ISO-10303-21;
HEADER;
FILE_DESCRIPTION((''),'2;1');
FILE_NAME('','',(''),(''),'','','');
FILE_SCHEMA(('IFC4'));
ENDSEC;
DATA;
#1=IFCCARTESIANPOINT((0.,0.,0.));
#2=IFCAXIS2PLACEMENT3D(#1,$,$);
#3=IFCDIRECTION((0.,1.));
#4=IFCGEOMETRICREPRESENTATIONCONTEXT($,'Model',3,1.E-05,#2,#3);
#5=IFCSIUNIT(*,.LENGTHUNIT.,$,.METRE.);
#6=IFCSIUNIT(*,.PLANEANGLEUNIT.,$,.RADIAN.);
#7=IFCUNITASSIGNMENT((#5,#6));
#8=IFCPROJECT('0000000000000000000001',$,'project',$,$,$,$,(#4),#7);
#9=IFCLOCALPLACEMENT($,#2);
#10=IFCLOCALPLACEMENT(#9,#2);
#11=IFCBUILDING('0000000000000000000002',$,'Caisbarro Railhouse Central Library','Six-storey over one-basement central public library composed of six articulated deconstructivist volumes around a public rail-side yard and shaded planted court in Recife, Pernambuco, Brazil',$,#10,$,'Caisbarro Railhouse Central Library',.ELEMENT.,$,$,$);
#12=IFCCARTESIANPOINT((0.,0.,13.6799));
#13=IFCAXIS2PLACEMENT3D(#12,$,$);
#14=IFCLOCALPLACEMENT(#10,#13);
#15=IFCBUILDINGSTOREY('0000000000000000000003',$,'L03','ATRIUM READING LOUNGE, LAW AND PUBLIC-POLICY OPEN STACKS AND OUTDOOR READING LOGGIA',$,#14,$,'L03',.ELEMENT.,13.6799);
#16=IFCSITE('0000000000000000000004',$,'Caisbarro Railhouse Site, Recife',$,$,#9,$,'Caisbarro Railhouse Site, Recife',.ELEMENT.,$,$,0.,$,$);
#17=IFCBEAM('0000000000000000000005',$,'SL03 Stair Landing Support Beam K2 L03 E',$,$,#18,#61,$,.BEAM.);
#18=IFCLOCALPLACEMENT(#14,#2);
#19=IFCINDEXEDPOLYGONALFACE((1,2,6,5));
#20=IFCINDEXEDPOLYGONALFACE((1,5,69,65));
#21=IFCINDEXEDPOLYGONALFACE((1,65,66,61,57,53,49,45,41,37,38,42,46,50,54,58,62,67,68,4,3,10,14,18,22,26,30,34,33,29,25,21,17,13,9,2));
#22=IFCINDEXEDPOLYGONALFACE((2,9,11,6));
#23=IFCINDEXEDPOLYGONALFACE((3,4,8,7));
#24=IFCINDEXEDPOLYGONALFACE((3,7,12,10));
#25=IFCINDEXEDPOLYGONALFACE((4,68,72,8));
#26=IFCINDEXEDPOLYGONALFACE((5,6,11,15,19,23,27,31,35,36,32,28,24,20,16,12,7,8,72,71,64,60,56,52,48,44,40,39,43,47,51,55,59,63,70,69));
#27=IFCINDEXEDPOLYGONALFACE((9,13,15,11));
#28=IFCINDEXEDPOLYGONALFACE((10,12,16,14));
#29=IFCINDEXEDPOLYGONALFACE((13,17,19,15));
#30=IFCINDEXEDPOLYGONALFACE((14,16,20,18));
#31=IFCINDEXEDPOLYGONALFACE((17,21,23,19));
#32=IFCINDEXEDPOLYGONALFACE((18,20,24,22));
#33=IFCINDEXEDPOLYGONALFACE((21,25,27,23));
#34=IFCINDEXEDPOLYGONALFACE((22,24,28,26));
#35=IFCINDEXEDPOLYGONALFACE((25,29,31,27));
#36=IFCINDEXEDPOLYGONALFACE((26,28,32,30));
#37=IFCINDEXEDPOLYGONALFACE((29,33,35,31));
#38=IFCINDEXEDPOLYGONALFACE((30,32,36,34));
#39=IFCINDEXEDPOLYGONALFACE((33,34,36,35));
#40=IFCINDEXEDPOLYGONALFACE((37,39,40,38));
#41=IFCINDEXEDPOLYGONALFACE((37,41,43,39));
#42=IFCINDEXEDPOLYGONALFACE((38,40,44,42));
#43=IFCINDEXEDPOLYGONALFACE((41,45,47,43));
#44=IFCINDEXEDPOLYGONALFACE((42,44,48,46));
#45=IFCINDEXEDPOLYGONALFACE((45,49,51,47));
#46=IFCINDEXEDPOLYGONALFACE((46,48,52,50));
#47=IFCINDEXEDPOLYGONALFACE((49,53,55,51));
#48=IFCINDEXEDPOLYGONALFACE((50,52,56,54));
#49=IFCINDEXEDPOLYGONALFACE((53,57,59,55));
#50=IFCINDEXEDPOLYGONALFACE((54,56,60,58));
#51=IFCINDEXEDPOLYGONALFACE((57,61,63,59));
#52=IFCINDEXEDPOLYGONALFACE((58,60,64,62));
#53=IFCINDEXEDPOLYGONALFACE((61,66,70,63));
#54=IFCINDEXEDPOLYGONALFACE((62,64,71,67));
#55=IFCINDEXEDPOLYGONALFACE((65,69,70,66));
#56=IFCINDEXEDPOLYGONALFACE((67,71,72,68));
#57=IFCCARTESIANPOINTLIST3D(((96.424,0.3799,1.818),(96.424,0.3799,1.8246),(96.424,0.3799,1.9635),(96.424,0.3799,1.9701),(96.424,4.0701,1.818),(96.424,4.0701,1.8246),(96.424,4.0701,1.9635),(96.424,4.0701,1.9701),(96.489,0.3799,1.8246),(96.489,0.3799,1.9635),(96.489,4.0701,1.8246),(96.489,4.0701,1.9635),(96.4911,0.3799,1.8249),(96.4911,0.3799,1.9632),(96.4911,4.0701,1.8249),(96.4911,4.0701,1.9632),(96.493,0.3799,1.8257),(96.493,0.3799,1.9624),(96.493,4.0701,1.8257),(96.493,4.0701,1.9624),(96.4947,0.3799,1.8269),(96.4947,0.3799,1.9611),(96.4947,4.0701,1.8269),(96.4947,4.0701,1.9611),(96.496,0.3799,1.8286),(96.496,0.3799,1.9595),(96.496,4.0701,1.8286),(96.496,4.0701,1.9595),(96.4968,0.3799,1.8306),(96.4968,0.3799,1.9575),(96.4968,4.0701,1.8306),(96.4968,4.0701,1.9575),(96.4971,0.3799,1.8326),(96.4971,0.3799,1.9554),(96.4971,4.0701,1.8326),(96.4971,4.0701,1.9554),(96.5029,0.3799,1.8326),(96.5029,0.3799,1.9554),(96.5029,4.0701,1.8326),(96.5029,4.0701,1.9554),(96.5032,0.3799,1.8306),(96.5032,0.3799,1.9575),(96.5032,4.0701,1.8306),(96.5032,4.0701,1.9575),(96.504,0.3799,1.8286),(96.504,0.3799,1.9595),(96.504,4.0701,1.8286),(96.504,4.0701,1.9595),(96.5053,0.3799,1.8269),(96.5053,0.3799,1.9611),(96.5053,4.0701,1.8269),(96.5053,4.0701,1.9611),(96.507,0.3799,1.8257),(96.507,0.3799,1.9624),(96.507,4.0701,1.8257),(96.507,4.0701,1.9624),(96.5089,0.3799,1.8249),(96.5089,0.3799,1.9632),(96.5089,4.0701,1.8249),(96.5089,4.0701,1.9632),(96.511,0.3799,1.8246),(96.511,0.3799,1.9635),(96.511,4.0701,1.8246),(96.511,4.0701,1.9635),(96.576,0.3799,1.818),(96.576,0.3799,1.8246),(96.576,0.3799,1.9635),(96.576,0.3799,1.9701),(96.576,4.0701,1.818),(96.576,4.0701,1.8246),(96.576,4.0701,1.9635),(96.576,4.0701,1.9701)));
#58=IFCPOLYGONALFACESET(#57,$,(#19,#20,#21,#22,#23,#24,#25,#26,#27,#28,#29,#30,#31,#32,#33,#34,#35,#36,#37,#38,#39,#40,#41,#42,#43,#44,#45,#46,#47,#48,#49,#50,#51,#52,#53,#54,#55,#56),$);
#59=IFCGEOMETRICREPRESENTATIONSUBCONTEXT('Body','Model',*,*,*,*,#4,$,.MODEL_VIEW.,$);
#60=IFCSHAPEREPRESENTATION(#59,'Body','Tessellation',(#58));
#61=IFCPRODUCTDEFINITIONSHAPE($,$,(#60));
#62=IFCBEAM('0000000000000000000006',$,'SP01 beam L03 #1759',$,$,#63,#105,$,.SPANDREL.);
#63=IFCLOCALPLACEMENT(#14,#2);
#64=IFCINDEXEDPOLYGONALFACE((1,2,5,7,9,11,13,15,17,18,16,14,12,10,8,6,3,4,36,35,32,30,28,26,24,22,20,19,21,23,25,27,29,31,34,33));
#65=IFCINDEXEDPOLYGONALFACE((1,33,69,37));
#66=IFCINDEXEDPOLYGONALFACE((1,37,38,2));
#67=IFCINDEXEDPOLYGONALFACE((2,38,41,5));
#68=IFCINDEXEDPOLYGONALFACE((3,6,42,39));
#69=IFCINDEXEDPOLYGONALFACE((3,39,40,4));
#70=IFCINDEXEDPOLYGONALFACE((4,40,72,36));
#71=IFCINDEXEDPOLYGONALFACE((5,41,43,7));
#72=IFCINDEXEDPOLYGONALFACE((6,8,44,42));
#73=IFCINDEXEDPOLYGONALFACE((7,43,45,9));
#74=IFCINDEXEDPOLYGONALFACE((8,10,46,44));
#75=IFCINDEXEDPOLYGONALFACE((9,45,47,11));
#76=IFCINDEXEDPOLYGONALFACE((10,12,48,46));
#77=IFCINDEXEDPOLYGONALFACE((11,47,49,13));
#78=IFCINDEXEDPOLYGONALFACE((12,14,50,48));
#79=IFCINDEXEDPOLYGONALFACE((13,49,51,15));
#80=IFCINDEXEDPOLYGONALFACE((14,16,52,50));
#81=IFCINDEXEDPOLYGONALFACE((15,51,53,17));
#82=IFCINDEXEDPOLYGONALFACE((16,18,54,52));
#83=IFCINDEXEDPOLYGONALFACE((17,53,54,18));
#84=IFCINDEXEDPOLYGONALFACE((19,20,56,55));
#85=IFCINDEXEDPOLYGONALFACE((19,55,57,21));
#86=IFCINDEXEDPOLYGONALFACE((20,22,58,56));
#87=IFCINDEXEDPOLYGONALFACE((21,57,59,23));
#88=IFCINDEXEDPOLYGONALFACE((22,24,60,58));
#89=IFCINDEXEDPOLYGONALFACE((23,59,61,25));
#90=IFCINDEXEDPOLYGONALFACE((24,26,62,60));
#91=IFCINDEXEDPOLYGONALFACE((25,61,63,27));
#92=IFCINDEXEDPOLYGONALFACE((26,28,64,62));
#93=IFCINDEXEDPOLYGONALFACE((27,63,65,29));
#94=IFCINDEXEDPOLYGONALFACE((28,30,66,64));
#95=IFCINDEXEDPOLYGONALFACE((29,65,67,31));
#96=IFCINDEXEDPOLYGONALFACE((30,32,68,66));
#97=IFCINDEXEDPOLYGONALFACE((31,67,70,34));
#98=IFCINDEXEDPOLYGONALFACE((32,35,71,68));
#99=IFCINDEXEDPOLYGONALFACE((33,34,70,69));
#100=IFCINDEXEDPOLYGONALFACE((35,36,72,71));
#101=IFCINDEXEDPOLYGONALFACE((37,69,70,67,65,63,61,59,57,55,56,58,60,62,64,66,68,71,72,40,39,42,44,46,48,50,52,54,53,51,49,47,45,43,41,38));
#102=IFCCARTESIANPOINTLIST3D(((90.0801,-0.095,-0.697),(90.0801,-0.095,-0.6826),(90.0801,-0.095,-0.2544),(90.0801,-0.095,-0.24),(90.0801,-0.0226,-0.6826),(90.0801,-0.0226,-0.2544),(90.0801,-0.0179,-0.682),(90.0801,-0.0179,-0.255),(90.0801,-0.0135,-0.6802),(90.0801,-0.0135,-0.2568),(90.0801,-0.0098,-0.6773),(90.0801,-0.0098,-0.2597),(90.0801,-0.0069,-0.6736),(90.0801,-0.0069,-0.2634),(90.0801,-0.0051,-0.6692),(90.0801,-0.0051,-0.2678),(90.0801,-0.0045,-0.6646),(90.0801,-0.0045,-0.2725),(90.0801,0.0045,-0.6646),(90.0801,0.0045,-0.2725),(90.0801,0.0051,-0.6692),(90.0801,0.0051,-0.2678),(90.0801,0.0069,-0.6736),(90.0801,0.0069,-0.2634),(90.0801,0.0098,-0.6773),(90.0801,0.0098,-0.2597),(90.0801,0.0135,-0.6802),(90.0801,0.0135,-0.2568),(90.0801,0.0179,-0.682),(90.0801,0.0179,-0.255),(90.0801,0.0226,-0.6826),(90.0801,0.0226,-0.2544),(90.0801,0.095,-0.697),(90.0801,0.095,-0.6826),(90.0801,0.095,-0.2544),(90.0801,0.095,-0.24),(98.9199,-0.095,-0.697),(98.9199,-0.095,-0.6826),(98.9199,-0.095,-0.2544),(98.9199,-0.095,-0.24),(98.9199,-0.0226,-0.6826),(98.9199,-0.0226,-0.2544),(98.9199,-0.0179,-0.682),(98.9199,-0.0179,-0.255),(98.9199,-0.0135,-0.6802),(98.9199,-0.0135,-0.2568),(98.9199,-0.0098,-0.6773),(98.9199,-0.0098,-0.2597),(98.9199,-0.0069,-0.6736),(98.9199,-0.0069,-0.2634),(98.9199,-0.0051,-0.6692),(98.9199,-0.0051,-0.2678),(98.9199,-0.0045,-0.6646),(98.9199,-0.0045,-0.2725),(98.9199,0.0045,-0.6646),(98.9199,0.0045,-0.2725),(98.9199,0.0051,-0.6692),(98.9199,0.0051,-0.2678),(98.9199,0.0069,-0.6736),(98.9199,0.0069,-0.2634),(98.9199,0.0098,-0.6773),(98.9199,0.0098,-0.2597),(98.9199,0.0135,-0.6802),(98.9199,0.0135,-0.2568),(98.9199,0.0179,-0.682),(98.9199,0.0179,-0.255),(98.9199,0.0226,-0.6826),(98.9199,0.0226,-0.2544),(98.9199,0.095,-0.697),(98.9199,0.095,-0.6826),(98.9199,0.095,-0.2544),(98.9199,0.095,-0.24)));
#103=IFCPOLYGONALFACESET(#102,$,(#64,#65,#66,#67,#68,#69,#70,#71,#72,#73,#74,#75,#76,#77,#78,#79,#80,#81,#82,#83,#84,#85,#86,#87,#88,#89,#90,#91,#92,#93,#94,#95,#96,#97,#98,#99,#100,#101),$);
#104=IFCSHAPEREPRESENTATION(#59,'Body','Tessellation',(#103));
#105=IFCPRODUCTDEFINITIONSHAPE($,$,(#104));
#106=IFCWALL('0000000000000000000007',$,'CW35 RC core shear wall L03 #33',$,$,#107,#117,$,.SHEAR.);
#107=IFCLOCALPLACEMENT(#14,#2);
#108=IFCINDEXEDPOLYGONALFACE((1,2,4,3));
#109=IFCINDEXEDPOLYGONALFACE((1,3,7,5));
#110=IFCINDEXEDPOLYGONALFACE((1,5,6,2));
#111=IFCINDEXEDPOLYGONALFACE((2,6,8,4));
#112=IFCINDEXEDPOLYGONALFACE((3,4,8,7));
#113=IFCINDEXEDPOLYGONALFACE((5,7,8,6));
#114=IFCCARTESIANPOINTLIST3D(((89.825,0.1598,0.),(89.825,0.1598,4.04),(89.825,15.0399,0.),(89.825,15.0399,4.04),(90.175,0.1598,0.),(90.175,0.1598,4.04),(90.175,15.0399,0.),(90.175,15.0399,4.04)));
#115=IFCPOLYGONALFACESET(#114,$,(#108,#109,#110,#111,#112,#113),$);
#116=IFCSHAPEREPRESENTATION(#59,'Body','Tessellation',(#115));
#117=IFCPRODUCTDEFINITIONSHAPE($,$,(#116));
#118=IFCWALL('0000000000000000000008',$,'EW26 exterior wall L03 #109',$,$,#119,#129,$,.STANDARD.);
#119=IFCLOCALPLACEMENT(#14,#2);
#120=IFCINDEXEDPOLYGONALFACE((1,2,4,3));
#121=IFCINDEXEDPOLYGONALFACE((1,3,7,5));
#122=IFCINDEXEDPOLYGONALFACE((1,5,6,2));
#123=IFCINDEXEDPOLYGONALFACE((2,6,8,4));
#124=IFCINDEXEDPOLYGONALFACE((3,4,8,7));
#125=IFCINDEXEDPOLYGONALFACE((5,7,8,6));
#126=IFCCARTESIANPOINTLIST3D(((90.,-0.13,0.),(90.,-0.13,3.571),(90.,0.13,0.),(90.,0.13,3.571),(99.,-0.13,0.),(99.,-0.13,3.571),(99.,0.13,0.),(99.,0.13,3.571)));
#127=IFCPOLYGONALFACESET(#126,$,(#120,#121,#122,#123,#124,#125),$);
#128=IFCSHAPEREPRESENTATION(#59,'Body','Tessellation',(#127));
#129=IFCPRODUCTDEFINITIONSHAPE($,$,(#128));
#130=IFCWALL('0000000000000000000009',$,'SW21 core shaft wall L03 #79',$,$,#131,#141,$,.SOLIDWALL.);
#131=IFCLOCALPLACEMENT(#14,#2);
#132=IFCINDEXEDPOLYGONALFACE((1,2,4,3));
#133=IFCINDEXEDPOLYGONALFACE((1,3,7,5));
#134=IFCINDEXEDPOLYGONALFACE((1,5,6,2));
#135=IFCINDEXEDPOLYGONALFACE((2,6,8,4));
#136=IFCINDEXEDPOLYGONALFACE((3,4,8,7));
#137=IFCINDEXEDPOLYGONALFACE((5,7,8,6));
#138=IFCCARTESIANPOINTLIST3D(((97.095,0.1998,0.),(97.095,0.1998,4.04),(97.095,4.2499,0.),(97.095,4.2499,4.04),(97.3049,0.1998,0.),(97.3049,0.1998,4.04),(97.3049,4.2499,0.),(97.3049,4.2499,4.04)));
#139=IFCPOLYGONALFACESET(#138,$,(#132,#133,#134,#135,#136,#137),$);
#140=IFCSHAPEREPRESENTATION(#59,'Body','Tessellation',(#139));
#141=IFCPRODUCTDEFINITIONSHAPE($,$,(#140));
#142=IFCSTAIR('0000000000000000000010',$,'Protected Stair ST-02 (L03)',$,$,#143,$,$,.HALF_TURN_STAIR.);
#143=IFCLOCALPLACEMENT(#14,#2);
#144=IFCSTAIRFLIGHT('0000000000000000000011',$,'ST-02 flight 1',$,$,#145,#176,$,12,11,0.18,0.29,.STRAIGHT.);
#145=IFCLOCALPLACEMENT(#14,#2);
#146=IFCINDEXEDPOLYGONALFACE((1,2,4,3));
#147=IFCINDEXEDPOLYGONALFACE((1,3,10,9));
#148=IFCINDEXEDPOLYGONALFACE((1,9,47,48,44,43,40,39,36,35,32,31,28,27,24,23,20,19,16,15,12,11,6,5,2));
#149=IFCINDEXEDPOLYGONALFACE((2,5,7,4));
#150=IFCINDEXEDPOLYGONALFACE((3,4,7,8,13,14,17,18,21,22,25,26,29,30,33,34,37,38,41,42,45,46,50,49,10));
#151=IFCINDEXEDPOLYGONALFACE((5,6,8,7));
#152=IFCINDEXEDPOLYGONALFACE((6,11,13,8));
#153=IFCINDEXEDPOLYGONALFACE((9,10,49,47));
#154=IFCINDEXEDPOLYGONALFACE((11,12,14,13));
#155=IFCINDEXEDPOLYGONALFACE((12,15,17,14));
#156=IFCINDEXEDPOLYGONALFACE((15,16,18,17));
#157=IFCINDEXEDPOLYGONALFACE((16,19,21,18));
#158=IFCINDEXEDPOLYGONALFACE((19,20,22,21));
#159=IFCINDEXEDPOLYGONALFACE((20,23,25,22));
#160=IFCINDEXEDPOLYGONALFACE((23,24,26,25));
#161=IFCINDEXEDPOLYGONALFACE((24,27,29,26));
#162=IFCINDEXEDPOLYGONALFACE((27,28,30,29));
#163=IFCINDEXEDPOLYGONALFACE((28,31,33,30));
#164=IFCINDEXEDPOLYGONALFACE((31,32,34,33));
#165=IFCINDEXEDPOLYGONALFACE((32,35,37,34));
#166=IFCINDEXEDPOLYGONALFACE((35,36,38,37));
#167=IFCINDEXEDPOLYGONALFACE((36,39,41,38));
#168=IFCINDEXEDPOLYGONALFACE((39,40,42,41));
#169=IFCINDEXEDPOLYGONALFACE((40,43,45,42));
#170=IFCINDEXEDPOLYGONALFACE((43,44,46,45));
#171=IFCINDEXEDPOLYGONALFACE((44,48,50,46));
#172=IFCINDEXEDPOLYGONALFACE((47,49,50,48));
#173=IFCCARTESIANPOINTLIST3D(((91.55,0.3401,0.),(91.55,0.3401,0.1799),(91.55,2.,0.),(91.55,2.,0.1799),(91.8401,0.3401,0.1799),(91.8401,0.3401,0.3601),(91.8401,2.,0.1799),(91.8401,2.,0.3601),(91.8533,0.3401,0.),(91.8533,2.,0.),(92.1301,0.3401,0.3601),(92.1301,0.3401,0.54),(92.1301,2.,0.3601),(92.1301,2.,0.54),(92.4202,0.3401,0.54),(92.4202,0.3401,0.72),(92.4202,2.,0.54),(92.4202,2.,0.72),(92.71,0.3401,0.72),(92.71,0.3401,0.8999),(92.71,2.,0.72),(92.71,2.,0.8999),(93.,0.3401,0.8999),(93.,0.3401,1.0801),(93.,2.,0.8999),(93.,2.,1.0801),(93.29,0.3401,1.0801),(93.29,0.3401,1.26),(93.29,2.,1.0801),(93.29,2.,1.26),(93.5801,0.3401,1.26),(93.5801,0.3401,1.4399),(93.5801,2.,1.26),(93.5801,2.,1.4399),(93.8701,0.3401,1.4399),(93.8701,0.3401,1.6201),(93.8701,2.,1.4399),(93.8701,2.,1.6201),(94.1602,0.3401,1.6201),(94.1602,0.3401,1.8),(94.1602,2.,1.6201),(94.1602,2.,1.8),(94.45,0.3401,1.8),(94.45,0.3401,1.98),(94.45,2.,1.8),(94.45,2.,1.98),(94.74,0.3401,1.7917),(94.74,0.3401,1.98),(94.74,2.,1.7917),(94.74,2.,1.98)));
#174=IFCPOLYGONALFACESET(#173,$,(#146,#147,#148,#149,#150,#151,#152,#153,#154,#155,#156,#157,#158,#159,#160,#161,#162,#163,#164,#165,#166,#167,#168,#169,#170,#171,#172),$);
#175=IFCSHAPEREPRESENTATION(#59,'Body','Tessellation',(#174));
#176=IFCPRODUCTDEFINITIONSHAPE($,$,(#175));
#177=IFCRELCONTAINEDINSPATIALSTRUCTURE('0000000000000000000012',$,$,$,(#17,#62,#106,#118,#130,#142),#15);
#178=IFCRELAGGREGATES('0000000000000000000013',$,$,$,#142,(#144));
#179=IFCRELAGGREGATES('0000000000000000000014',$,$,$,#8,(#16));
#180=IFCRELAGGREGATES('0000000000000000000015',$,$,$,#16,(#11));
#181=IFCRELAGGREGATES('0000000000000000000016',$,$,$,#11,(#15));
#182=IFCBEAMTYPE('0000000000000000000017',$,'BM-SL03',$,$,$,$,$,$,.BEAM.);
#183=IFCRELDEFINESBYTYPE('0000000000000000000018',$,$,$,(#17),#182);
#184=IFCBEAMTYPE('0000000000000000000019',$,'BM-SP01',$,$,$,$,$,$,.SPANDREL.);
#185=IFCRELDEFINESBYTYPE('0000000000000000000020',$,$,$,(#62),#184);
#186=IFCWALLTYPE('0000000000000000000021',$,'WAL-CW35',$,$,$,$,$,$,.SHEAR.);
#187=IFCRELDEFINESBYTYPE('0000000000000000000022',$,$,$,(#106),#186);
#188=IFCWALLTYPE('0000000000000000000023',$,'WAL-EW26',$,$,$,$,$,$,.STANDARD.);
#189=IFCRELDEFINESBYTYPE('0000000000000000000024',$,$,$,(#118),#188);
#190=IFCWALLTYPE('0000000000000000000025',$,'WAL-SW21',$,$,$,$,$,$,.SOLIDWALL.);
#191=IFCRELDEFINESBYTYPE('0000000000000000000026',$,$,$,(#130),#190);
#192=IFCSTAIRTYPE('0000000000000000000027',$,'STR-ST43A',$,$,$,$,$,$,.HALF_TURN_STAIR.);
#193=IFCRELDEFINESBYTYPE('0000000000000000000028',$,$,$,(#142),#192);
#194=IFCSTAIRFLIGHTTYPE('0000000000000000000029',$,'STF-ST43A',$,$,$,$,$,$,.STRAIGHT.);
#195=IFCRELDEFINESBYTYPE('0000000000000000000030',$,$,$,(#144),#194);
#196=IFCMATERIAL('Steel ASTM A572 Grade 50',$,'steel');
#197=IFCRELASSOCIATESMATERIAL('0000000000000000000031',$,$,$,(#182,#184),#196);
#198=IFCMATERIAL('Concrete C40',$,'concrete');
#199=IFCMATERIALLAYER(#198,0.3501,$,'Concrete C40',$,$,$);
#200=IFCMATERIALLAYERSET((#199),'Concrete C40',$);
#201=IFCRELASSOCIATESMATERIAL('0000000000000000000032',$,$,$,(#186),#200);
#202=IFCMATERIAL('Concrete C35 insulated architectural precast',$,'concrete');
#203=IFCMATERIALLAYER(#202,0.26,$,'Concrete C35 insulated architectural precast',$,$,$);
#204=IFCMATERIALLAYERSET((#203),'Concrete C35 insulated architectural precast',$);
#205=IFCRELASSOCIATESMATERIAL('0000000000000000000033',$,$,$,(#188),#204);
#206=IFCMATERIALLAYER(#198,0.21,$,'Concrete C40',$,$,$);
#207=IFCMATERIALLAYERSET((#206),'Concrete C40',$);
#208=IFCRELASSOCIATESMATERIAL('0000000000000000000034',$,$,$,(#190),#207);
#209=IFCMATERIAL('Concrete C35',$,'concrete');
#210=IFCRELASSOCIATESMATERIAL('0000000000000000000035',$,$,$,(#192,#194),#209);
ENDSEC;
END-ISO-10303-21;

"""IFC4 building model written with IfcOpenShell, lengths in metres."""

from ifc_helpers import new_model, si_unit, direction, frame, frame_2d, origin, origin_2d, place, context, subcontext, project, spatial, polyline, rectangle, i_section, outline, extrude, material, layer, layer_set, material_profile, profile_set, type_object, element, aggregate, save


model = new_model("IFC4")

# Units and contexts
model_context = context("Model", 3, precision=1e-05, world=origin(), true_north=direction((0.0, 1.0)))
body_context = subcontext(model_context, "Body", "Model", "MODEL_VIEW")
ifc_project = project(units=[si_unit("LENGTHUNIT", "METRE"), si_unit("PLANEANGLEUNIT", "RADIAN")], contexts=[model_context])

# Site, building, storey
site_placement = place(None, origin())
site = spatial("IfcSite", under=ifc_project, at=site_placement, Name="Caisbarro Railhouse Site, Recife", LongName="Caisbarro Railhouse Site, Recife", CompositionType="ELEMENT", RefElevation=0.0)
building_placement = place(site_placement, origin())
building = spatial("IfcBuilding", under=site, at=building_placement, Name="Caisbarro Railhouse Central Library", Description="Six-storey over one-basement central public library composed of six articulated deconstructivist volumes around a public rail-side yard and shaded planted court in Recife, Pernambuco, Brazil", LongName="Caisbarro Railhouse Central Library", CompositionType="ELEMENT")
storey_placement = place(building_placement, frame((0.0, 0.0, 13.6799)))
storey = spatial("IfcBuildingStorey", under=building, at=storey_placement, Name="L03", Description="ATRIUM READING LOUNGE, LAW AND PUBLIC-POLICY OPEN STACKS AND OUTDOOR READING LOGGIA", LongName="L03", CompositionType="ELEMENT", Elevation=13.6799)

# Shared definitions
ifc_material_1 = material(Name="Steel ASTM A572 Grade 50", Category="steel")

# Beams
ifc_material_profile_1 = material_profile(ifc_material_1, i_section(OverallWidth=0.1521, OverallDepth=0.1521, WebThickness=0.0059, FlangeThickness=0.0066, FilletRadius=0.0081, at=origin_2d()), Name="W150X22.5")
ifc_profile_set_1 = profile_set([ifc_material_profile_1], Name="Steel ASTM A572 Grade 50")
beam_type_1 = type_object("IfcBeamType", Name="BM-SL03", PredefinedType="BEAM", material=ifc_profile_set_1)
for number, where, z_axis, x_axis, name in (
    (1, (96.5, 0.3799, 1.894), (0.0, 1.0, 0.0), (-1.0, 0.0, 0.0), "SL03 Stair Landing Support Beam K2 L03 E"),
):
    element("IfcBeam", number, at=place(storey_placement, frame(where, z_axis=z_axis, x_axis=x_axis)), inside=storey, type_object=beam_type_1, Name=name, PredefinedType="BEAM", context=body_context, shape_type="SweptSolid", body=[
        extrude(i_section(OverallWidth=0.1521, OverallDepth=0.1521, WebThickness=0.0059, FlangeThickness=0.0066, FilletRadius=0.0081, at=origin_2d()), origin(), (0.0, 0.0, 1.0), 3.6902),
    ])
ifc_material_profile_2 = material_profile(ifc_material_1, i_section(OverallWidth=0.1899, OverallDepth=0.457, WebThickness=0.009, FlangeThickness=0.0144, FilletRadius=0.0181, at=origin_2d()), Name="W460X74.0")
ifc_profile_set_2 = profile_set([ifc_material_profile_2], Name="Steel ASTM A572 Grade 50")
beam_type_2 = type_object("IfcBeamType", Name="BM-SP01", PredefinedType="SPANDREL", material=ifc_profile_set_2)
beam_1_placement = place(storey_placement, frame((90.0801, 0.0, -0.4685), z_axis=(1.0, 0.0, 0.0), x_axis=(0.0, 1.0, 0.0)))
element("IfcBeam", 2, at=beam_1_placement, inside=storey, type_object=beam_type_2, Name="SP01 beam L03 #1759", PredefinedType="SPANDREL", context=body_context, shape_type="SweptSolid", body=[
    extrude(i_section(OverallWidth=0.1899, OverallDepth=0.457, WebThickness=0.009, FlangeThickness=0.0144, FilletRadius=0.0181, at=origin_2d()), origin(), (0.0, 0.0, 1.0), 8.8398),
])

# Walls
ifc_material_2 = material(Name="Concrete C40", Category="concrete")
ifc_layer_1 = layer(ifc_material_2, 0.3501, Name="Concrete C40")
ifc_layer_set_1 = layer_set([ifc_layer_1], Name="Concrete C40")
wall_type_1 = type_object("IfcWallType", Name="WAL-CW35", PredefinedType="SHEAR", material=ifc_layer_set_1)
wall_1_placement = place(storey_placement, frame((90.0, 0.1599, 0.0), z_axis=(0.0, 0.0, 1.0), x_axis=(0.0, 1.0, 0.0)))
element("IfcWall", 3, at=wall_1_placement, inside=storey, type_object=wall_type_1, Name="CW35 RC core shear wall L03 #33", PredefinedType="SHEAR", context=body_context, shape_type="SweptSolid", body=[
    extrude(rectangle(XDim=14.8801, YDim=0.3501, at=frame_2d((7.4399, 0.0))), origin(), (0.0, 0.0, 1.0), 4.04),
])
ifc_material_3 = material(Name="Concrete C35 insulated architectural precast", Category="concrete")
ifc_layer_2 = layer(ifc_material_3, 0.26, Name="Concrete C35 insulated architectural precast")
ifc_layer_set_2 = layer_set([ifc_layer_2], Name="Concrete C35 insulated architectural precast")
wall_type_2 = type_object("IfcWallType", Name="WAL-EW26", PredefinedType="STANDARD", material=ifc_layer_set_2)
wall_2_placement = place(storey_placement, frame((90.0, 0.0, 0.0), z_axis=(0.0, 0.0, 1.0), x_axis=(1.0, 0.0, 0.0)))
element("IfcWall", 4, at=wall_2_placement, inside=storey, type_object=wall_type_2, Name="EW26 exterior wall L03 #109", PredefinedType="STANDARD", context=body_context, shape_type="SweptSolid", body=[
    extrude(rectangle(XDim=9.0, YDim=0.26, at=frame_2d((4.5, 0.0))), origin(), (0.0, 0.0, 1.0), 3.571),
])
ifc_layer_3 = layer(ifc_material_2, 0.21, Name="Concrete C40")
ifc_layer_set_3 = layer_set([ifc_layer_3], Name="Concrete C40")
wall_type_3 = type_object("IfcWallType", Name="WAL-SW21", PredefinedType="SOLIDWALL", material=ifc_layer_set_3)
wall_3_placement = place(storey_placement, frame((97.2, 0.2, 0.0), z_axis=(0.0, 0.0, 1.0), x_axis=(0.0, 1.0, 0.0)))
element("IfcWall", 5, at=wall_3_placement, inside=storey, type_object=wall_type_3, Name="SW21 core shaft wall L03 #79", PredefinedType="SOLIDWALL", context=body_context, shape_type="SweptSolid", body=[
    extrude(rectangle(XDim=4.05, YDim=0.21, at=frame_2d((2.0249, 0.0))), origin(), (0.0, 0.0, 1.0), 4.04),
])

# Stair, stair flight
ifc_material_4 = material(Name="Concrete C35", Category="concrete")
stair_type = type_object("IfcStairType", Name="STR-ST43A", PredefinedType="HALF_TURN_STAIR", material=ifc_material_4)
stair_placement = place(storey_placement, origin())
stair = element("IfcStair", 6, at=stair_placement, inside=storey, type_object=stair_type, Name="Protected Stair ST-02 (L03)", PredefinedType="HALF_TURN_STAIR")
stair_flight_type = type_object("IfcStairFlightType", Name="STF-ST43A", PredefinedType="STRAIGHT", material=ifc_material_4)
stair_flight_1_placement = place(storey_placement, frame((91.55, 1.1699, 0.0), z_axis=(0.0, 0.0, 1.0), x_axis=(1.0, 0.0, 0.0)))
stair_flight_1 = element("IfcStairFlight", 7, at=stair_flight_1_placement, type_object=stair_flight_type, Name="ST-02 flight 1", NumberOfRisers=12, NumberOfTreads=11, PredefinedType="STRAIGHT", RiserHeight=0.18, TreadLength=0.29, context=body_context, shape_type="SweptSolid", body=[
    extrude(outline(polyline([(0.0, 0.0), (0.0, 0.1799), (0.29, 0.1799), (0.29, 0.3601), (0.5801, 0.3601), (0.5801, 0.54), (0.8701, 0.54), (0.8701, 0.72), (1.1599, 0.72), (1.1599, 0.8999), (1.45, 0.8999), (1.45, 1.0801), (1.74, 1.0801), (1.74, 1.26), (2.03, 1.26), (2.03, 1.4399), (2.3201, 1.4399), (2.3201, 1.6201), (2.6101, 1.6201), (2.6101, 1.8), (2.8999, 1.8), (2.8999, 1.98), (3.1899, 1.98), (3.1899, 2.1599), (3.1899, 1.7917), (0.3032, 0.0), (0.0, 0.0)])), frame((0.0, 0.8301, 0.0), z_axis=(0.0, -1.0, 0.0), x_axis=(1.0, 0.0, 0.0)), (0.0, 0.0, 1.0), 1.6599),
])
aggregate(stair, [stair_flight_1])

save(model, "model.ifc")
